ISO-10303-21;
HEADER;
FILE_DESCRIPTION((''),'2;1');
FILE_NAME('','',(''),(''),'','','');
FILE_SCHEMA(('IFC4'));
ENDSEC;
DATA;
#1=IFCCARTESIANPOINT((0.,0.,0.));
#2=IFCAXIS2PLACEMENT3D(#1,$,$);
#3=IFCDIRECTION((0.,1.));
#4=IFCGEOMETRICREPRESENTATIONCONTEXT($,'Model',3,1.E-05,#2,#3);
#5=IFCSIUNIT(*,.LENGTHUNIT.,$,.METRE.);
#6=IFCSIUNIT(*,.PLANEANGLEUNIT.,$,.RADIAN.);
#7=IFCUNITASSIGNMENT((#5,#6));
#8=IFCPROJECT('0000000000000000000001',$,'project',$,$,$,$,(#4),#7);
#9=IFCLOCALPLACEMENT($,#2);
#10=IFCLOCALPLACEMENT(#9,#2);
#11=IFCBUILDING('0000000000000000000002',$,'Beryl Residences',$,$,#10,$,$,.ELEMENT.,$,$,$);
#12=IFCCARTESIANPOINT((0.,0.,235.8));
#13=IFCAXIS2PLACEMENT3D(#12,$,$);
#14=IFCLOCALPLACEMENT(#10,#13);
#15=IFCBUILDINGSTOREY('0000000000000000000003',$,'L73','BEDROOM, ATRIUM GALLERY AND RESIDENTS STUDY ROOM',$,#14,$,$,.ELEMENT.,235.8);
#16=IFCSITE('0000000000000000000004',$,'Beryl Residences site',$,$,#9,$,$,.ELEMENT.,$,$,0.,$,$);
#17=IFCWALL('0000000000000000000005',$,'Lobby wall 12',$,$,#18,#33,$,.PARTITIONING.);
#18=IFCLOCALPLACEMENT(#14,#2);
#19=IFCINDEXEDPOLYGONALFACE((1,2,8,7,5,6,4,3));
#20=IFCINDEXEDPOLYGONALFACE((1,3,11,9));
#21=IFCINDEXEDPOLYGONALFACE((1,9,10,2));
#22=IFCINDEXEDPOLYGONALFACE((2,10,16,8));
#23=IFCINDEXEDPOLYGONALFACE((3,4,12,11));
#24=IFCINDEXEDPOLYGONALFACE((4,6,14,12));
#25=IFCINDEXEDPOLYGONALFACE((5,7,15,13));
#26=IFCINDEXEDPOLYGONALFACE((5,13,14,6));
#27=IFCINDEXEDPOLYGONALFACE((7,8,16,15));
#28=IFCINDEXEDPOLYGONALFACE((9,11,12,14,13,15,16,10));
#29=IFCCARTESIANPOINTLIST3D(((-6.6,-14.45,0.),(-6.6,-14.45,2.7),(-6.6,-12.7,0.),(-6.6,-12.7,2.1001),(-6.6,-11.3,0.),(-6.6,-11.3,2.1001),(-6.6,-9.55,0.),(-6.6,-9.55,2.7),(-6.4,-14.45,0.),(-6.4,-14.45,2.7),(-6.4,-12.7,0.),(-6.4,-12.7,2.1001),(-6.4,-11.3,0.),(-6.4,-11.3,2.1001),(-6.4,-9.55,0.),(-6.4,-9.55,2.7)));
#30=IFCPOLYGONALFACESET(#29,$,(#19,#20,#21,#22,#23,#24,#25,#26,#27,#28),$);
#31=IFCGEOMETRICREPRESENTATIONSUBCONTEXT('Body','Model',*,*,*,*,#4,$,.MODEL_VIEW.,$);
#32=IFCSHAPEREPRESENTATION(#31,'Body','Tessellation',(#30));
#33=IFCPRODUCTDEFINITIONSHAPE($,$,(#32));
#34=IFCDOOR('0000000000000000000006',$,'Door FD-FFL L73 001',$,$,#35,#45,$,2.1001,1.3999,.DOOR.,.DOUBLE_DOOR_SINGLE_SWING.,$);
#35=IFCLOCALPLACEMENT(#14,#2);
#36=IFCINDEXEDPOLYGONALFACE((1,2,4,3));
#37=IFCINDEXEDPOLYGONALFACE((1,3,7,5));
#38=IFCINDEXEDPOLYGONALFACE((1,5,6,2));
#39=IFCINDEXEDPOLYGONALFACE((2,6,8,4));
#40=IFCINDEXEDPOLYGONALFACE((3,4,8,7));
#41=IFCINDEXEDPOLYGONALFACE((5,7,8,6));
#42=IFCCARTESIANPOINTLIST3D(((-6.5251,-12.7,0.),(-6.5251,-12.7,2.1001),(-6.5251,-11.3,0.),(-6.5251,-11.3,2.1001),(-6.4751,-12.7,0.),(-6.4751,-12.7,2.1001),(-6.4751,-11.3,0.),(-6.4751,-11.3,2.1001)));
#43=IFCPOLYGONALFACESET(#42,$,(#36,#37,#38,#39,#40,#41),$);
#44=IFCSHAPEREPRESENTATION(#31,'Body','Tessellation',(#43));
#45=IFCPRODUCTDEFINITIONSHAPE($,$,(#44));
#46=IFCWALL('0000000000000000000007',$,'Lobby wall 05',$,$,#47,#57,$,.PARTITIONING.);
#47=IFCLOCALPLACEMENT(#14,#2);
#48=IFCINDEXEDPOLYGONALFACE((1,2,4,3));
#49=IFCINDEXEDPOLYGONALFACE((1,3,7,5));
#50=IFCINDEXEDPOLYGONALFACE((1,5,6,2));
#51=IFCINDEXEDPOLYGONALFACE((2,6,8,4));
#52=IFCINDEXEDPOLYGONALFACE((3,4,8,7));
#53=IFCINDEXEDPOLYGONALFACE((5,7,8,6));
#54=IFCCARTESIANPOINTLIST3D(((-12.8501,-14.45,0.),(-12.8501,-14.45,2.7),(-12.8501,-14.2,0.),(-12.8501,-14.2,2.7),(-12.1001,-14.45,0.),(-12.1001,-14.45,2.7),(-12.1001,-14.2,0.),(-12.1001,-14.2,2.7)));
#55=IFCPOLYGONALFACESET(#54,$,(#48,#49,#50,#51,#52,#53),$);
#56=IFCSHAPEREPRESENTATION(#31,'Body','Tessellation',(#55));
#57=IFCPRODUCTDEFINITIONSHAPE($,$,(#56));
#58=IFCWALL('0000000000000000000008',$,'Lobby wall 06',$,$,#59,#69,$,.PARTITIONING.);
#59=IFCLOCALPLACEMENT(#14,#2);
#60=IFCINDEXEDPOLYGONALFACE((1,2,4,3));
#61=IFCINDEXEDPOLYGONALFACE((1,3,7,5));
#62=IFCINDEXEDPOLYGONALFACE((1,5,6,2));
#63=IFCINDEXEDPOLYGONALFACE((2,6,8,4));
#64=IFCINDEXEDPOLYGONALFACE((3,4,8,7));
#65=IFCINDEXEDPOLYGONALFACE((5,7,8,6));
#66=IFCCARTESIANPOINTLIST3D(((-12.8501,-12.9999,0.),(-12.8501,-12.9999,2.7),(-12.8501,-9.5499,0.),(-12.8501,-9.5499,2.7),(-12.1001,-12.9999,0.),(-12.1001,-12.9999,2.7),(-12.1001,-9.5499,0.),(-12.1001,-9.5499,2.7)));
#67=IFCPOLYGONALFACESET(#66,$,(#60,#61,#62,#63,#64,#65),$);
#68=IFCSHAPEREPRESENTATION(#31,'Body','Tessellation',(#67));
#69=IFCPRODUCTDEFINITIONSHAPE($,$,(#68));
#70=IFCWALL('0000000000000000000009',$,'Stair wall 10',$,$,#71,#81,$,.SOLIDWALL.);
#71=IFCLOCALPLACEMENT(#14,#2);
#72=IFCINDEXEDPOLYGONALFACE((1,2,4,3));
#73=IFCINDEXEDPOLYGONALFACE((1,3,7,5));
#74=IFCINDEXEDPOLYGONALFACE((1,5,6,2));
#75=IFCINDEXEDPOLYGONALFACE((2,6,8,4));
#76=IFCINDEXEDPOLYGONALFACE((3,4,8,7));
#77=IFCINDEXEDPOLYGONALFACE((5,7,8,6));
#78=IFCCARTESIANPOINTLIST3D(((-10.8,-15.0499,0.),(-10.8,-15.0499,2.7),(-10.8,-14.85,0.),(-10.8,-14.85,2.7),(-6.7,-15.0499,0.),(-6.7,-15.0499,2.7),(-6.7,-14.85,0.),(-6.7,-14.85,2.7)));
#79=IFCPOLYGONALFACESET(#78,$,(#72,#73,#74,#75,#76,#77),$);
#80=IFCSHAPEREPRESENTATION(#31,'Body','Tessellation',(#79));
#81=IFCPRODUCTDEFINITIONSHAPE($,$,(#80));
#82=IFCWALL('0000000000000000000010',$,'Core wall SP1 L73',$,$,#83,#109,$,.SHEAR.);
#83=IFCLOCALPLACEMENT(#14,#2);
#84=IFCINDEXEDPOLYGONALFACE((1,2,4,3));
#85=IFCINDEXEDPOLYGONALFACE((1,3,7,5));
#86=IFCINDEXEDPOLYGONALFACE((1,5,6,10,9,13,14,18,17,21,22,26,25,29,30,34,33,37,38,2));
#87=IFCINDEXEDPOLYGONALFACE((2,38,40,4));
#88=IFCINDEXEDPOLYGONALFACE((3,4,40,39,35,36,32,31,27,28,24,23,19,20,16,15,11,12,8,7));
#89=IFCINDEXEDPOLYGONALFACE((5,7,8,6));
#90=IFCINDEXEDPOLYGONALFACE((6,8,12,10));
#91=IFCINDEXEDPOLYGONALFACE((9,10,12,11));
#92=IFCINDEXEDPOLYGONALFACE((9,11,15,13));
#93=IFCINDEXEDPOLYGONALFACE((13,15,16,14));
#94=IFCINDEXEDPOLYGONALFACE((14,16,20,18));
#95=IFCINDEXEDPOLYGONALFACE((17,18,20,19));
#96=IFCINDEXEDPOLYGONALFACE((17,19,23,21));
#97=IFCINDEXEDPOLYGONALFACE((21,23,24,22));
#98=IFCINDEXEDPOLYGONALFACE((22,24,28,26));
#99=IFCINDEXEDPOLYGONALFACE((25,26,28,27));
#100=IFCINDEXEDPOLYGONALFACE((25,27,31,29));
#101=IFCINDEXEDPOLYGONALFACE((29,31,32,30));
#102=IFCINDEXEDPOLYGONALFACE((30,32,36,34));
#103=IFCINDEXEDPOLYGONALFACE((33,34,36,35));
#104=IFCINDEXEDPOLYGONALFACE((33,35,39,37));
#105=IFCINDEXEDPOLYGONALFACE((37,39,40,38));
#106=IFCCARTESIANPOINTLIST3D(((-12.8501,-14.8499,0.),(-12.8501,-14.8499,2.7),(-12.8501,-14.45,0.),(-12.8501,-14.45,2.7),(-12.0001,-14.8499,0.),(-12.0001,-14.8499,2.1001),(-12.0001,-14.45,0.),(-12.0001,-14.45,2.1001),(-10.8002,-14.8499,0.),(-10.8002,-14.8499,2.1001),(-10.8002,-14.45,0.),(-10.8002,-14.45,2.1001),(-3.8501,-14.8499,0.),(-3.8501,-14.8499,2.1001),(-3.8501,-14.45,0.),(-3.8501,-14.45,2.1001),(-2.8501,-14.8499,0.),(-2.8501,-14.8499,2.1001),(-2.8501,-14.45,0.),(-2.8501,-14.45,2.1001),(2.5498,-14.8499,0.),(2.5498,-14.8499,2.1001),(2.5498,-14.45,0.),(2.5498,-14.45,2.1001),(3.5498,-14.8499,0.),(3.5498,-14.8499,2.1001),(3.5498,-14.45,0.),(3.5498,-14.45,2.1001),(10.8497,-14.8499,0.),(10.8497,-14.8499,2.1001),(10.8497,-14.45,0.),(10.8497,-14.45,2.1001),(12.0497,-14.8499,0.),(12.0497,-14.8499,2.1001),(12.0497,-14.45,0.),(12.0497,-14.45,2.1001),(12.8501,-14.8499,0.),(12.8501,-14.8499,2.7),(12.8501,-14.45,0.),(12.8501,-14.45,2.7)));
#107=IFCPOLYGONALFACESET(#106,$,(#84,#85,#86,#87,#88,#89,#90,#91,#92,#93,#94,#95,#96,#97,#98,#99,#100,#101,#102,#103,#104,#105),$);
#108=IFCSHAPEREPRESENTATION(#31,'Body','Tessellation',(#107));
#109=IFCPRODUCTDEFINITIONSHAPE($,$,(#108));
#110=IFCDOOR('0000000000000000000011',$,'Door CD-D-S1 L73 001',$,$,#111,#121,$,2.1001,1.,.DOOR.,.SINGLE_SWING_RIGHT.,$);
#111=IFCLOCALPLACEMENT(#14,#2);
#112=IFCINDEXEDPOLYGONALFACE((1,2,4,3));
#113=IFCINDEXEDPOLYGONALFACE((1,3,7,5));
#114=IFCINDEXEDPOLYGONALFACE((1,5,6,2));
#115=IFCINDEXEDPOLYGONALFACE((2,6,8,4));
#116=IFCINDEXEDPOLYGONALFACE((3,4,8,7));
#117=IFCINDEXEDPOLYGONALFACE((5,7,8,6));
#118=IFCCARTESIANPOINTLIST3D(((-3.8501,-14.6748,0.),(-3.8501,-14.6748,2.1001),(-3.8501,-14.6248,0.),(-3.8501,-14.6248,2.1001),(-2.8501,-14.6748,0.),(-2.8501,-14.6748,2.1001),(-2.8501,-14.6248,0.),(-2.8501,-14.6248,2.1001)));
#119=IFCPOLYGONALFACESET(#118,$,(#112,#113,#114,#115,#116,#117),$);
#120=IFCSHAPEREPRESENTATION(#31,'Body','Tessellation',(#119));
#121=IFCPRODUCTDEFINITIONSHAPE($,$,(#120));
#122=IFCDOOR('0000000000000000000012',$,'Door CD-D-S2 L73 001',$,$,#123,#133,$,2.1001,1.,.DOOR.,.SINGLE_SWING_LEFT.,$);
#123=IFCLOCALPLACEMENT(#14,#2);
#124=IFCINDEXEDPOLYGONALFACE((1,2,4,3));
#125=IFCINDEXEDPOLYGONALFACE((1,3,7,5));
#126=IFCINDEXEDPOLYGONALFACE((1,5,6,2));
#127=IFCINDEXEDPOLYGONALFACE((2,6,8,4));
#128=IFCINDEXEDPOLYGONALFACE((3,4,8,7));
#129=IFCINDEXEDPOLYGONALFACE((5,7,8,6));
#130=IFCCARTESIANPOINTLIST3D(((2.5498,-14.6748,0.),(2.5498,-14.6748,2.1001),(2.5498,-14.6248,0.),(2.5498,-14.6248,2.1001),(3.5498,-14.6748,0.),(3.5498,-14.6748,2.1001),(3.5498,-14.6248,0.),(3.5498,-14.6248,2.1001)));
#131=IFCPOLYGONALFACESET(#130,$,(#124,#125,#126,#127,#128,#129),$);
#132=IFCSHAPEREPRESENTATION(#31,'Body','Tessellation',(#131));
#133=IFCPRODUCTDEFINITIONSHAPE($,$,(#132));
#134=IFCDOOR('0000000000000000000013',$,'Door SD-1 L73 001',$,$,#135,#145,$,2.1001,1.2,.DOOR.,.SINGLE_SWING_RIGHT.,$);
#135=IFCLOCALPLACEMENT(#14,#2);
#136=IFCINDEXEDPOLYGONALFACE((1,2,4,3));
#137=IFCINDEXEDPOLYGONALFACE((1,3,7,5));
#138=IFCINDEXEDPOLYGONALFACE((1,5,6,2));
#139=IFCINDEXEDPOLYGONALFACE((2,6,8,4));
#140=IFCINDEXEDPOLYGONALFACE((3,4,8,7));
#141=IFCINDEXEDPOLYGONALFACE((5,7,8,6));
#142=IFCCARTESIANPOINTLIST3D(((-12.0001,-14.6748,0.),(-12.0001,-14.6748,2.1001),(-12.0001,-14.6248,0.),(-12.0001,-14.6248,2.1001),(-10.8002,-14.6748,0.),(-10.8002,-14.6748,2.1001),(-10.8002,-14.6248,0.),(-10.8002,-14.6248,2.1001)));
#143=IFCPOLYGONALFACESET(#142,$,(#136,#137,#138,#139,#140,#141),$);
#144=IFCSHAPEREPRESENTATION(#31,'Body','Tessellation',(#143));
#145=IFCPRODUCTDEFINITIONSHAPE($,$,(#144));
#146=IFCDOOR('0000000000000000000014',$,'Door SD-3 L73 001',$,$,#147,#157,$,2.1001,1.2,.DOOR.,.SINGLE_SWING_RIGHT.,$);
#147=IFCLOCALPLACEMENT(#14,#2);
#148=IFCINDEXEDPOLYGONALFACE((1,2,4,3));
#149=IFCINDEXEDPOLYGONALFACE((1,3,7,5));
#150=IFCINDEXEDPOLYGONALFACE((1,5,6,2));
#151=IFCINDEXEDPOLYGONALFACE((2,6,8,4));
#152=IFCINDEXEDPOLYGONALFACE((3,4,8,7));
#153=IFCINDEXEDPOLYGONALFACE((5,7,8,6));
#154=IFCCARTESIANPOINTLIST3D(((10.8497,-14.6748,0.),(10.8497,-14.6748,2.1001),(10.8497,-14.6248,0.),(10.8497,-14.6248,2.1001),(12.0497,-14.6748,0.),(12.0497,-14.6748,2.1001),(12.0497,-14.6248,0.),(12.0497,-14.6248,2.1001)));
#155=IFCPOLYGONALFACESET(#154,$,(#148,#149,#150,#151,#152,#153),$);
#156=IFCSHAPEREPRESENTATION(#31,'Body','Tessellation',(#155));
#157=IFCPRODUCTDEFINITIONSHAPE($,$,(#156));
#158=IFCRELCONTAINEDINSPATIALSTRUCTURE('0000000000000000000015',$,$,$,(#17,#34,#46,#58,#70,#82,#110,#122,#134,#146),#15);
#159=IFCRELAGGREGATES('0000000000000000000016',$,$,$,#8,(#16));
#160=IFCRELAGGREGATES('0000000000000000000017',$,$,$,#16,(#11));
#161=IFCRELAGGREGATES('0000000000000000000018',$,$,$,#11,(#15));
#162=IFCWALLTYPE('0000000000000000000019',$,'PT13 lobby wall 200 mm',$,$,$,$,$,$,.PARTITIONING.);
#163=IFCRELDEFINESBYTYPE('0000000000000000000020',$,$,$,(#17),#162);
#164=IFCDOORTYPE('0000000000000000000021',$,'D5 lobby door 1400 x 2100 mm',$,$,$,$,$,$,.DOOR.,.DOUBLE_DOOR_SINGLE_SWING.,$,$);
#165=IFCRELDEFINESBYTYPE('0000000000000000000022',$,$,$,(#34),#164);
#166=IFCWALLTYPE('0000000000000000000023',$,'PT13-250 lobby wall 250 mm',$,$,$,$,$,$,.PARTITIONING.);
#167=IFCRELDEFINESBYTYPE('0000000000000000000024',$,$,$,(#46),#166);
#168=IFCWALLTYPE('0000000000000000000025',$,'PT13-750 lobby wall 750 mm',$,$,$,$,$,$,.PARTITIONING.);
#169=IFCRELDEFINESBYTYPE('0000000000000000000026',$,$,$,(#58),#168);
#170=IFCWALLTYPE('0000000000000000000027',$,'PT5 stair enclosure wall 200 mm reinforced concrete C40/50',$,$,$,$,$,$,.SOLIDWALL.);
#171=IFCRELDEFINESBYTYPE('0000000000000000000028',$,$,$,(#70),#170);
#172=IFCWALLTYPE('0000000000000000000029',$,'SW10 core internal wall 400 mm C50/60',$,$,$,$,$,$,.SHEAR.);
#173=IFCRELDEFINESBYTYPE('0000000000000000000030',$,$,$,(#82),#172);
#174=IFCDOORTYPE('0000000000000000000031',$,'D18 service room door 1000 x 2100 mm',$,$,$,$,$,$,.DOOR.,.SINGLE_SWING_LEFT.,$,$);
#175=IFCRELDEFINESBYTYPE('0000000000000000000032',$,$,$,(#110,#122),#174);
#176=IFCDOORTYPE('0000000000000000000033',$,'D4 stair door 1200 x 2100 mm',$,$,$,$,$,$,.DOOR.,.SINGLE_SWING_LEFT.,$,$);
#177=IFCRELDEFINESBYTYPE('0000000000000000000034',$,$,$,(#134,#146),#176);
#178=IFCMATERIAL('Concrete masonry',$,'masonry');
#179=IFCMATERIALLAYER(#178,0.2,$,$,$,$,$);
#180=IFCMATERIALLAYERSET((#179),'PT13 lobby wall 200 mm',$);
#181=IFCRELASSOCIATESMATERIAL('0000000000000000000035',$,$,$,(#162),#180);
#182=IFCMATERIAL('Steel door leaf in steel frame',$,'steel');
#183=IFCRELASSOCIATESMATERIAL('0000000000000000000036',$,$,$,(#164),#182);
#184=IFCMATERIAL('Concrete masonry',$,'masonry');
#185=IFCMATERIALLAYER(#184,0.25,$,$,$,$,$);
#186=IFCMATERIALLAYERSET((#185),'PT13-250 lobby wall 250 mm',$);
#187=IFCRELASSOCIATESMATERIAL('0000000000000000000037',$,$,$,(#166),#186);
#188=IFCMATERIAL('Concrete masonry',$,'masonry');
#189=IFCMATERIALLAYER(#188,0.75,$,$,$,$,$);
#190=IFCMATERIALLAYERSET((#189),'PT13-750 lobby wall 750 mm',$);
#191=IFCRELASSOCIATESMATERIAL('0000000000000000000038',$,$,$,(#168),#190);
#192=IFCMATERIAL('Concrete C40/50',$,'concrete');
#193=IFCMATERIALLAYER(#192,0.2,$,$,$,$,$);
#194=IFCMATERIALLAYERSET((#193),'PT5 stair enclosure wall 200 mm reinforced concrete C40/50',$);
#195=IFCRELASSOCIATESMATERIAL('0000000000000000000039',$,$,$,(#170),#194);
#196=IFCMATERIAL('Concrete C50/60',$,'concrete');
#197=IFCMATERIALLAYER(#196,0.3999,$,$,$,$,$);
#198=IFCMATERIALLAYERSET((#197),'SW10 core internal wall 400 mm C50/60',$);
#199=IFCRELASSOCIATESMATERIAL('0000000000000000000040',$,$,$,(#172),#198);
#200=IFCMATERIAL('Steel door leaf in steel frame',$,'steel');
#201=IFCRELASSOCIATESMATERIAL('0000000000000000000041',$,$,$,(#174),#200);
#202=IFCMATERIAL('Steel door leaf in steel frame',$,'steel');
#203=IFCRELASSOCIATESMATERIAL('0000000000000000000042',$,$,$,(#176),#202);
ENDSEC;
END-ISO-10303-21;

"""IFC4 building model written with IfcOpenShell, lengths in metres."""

from ifc_helpers import new_model, si_unit, direction, frame, frame_2d, origin, place, context, subcontext, project, spatial, rectangle, extrude, material, layer, layer_set, type_object, element, fill, save


model = new_model("IFC4")

# Units and contexts
model_context = context("Model", 3, precision=1e-05, world=origin(), true_north=direction((0.0, 1.0)))
body_context = subcontext(model_context, "Body", "Model", "MODEL_VIEW")
ifc_project = project(units=[si_unit("LENGTHUNIT", "METRE"), si_unit("PLANEANGLEUNIT", "RADIAN")], contexts=[model_context])

# Site, building, storey
site_placement = place(None, origin())
site = spatial("IfcSite", under=ifc_project, at=site_placement, Name="Beryl Residences site", CompositionType="ELEMENT", RefElevation=0.0)
building_placement = place(site_placement, origin())
building = spatial("IfcBuilding", under=site, at=building_placement, Name="Beryl Residences", CompositionType="ELEMENT")
storey_placement = place(building_placement, frame((0.0, 0.0, 235.8)))
storey = spatial("IfcBuildingStorey", under=building, at=storey_placement, Name="L73", Description="BEDROOM, ATRIUM GALLERY AND RESIDENTS STUDY ROOM", CompositionType="ELEMENT", Elevation=235.8)

# Wall, opening, door
ifc_material_1 = material(Name="Concrete masonry", Category="masonry")
ifc_layer_1 = layer(ifc_material_1, 0.2)
ifc_layer_set_1 = layer_set([ifc_layer_1], Name="PT13 lobby wall 200 mm")
wall_type_1 = type_object("IfcWallType", Name="PT13 lobby wall 200 mm", PredefinedType="PARTITIONING", material=ifc_layer_set_1)
wall_1_placement = place(storey_placement, frame((-6.5, -14.45, 0.0), z_axis=(0.0, 0.0, 1.0), x_axis=(0.0, 1.0, 0.0)))
wall_1 = element("IfcWall", 1, at=wall_1_placement, inside=storey, type_object=wall_type_1, Name="Lobby wall 12", PredefinedType="PARTITIONING", context=body_context, shape_type="SweptSolid", body=[
    extrude(rectangle(XDim=4.8999, YDim=0.2, at=frame_2d((2.45, 0.0))), origin(), (0.0, 0.0, 1.0), 2.7),
])
opening_1_placement = place(wall_1_placement, frame((3.1499, 0.0, 0.0), z_axis=(0.0, 0.0, 1.0), x_axis=(-1.0, 0.0, 0.0)))
opening_1 = element("IfcOpeningElement", 2, at=opening_1_placement, cuts=wall_1, PredefinedType="OPENING", context=body_context, shape_type="SweptSolid", body=[
    extrude(rectangle(XDim=1.3999, YDim=2.1001, at=frame_2d((0.7, 1.05))), frame((0.0, 0.1099, 0.0), z_axis=(0.0, -1.0, 0.0), x_axis=(1.0, 0.0, 0.0)), (0.0, 0.0, 1.0), 0.22),
])
ifc_material_2 = material(Name="Steel door leaf in steel frame", Category="steel")
door_type_1 = type_object("IfcDoorType", Name="D5 lobby door 1400 x 2100 mm", OperationType="DOUBLE_DOOR_SINGLE_SWING", PredefinedType="DOOR", material=ifc_material_2)
door_1_placement = place(opening_1_placement, origin())
door_1 = element("IfcDoor", 3, at=door_1_placement, inside=storey, type_object=door_type_1, Name="Door FD-FFL L73 001", OperationType="DOUBLE_DOOR_SINGLE_SWING", OverallHeight=2.1001, OverallWidth=1.3999, PredefinedType="DOOR", context=body_context, shape_type="SweptSolid", body=[
    extrude(rectangle(XDim=1.3999, YDim=2.1001, at=frame_2d((0.7, 1.05))), frame((0.0, 0.0249, 0.0), z_axis=(0.0, -1.0, 0.0), x_axis=(1.0, 0.0, 0.0)), (0.0, 0.0, 1.0), 0.05),
])
fill(opening_1, door_1)

# Walls
ifc_material_3 = material(Name="Concrete masonry", Category="masonry")
ifc_layer_2 = layer(ifc_material_3, 0.25)
ifc_layer_set_2 = layer_set([ifc_layer_2], Name="PT13-250 lobby wall 250 mm")
wall_type_2 = type_object("IfcWallType", Name="PT13-250 lobby wall 250 mm", PredefinedType="PARTITIONING", material=ifc_layer_set_2)
wall_2_placement = place(storey_placement, frame((-12.8501, -14.325, 0.0), z_axis=(0.0, 0.0, 1.0), x_axis=(1.0, 0.0, 0.0)))
element("IfcWall", 4, at=wall_2_placement, inside=storey, type_object=wall_type_2, Name="Lobby wall 05", PredefinedType="PARTITIONING", context=body_context, shape_type="SweptSolid", body=[
    extrude(rectangle(XDim=0.75, YDim=0.25, at=frame_2d((0.375, 0.0))), origin(), (0.0, 0.0, 1.0), 2.7),
])
ifc_material_4 = material(Name="Concrete masonry", Category="masonry")
ifc_layer_3 = layer(ifc_material_4, 0.75)
ifc_layer_set_3 = layer_set([ifc_layer_3], Name="PT13-750 lobby wall 750 mm")
wall_type_3 = type_object("IfcWallType", Name="PT13-750 lobby wall 750 mm", PredefinedType="PARTITIONING", material=ifc_layer_set_3)
wall_3_placement = place(storey_placement, frame((-12.4751, -13.0, 0.0), z_axis=(0.0, 0.0, 1.0), x_axis=(0.0, 1.0, 0.0)))
element("IfcWall", 5, at=wall_3_placement, inside=storey, type_object=wall_type_3, Name="Lobby wall 06", PredefinedType="PARTITIONING", context=body_context, shape_type="SweptSolid", body=[
    extrude(rectangle(XDim=3.45, YDim=0.75, at=frame_2d((1.7251, 0.0))), origin(), (0.0, 0.0, 1.0), 2.7),
])
ifc_material_5 = material(Name="Concrete C40/50", Category="concrete")
ifc_layer_4 = layer(ifc_material_5, 0.2)
ifc_layer_set_4 = layer_set([ifc_layer_4], Name="PT5 stair enclosure wall 200 mm reinforced concrete C40/50")
wall_type_4 = type_object("IfcWallType", Name="PT5 stair enclosure wall 200 mm reinforced concrete C40/50", PredefinedType="SOLIDWALL", material=ifc_layer_set_4)
wall_4_placement = place(storey_placement, frame((-10.8, -14.95, 0.0), z_axis=(0.0, 0.0, 1.0), x_axis=(1.0, 0.0, 0.0)))
element("IfcWall", 6, at=wall_4_placement, inside=storey, type_object=wall_type_4, Name="Stair wall 10", PredefinedType="SOLIDWALL", context=body_context, shape_type="SweptSolid", body=[
    extrude(rectangle(XDim=4.1001, YDim=0.2, at=frame_2d((2.05, 0.0))), origin(), (0.0, 0.0, 1.0), 2.7),
])

# Wall, openings, doors
ifc_material_6 = material(Name="Concrete C50/60", Category="concrete")
ifc_layer_5 = layer(ifc_material_6, 0.3999)
ifc_layer_set_5 = layer_set([ifc_layer_5], Name="SW10 core internal wall 400 mm C50/60")
wall_type_5 = type_object("IfcWallType", Name="SW10 core internal wall 400 mm C50/60", PredefinedType="SHEAR", material=ifc_layer_set_5)
wall_5_placement = place(storey_placement, frame((-12.8501, -14.6499, 0.0), z_axis=(0.0, 0.0, 1.0), x_axis=(1.0, 0.0, 0.0)))
wall_5 = element("IfcWall", 7, at=wall_5_placement, inside=storey, type_object=wall_type_5, Name="Core wall SP1 L73", PredefinedType="SHEAR", context=body_context, shape_type="SweptSolid", body=[
    extrude(rectangle(XDim=25.7002, YDim=0.3999, at=frame_2d((12.8501, 0.0))), origin(), (0.0, 0.0, 1.0), 2.7),
])
opening_2_placement = place(wall_5_placement, frame((2.05, 0.0, 0.0), z_axis=(0.0, 0.0, 1.0), x_axis=(-1.0, 0.0, 0.0)))
opening_2 = element("IfcOpeningElement", 8, at=opening_2_placement, cuts=wall_5, PredefinedType="OPENING", context=body_context, shape_type="SweptSolid", body=[
    extrude(rectangle(XDim=1.2, YDim=2.1001, at=frame_2d((0.6001, 1.05))), frame((0.0, 0.21, 0.0), z_axis=(0.0, -1.0, 0.0), x_axis=(1.0, 0.0, 0.0)), (0.0, 0.0, 1.0), 0.4199),
])
opening_3_placement = place(wall_5_placement, frame((24.8999, 0.0, 0.0), z_axis=(0.0, 0.0, 1.0), x_axis=(-1.0, 0.0, 0.0)))
opening_3 = element("IfcOpeningElement", 9, at=opening_3_placement, cuts=wall_5, PredefinedType="OPENING", context=body_context, shape_type="SweptSolid", body=[
    extrude(rectangle(XDim=1.2, YDim=2.1001, at=frame_2d((0.6001, 1.05))), frame((0.0, 0.21, 0.0), z_axis=(0.0, -1.0, 0.0), x_axis=(1.0, 0.0, 0.0)), (0.0, 0.0, 1.0), 0.4199),
])
opening_4_placement = place(wall_5_placement, frame((10.0, 0.0, 0.0), z_axis=(0.0, 0.0, 1.0), x_axis=(-1.0, 0.0, 0.0)))
opening_4 = element("IfcOpeningElement", 10, at=opening_4_placement, cuts=wall_5, PredefinedType="OPENING", context=body_context, shape_type="SweptSolid", body=[
    extrude(rectangle(XDim=1.0, YDim=2.1001, at=frame_2d((0.5, 1.05))), frame((0.0, 0.21, 0.0), z_axis=(0.0, -1.0, 0.0), x_axis=(1.0, 0.0, 0.0)), (0.0, 0.0, 1.0), 0.4199),
])
opening_5_placement = place(wall_5_placement, frame((16.3999, 0.0, 0.0), z_axis=(0.0, 0.0, 1.0), x_axis=(-1.0, 0.0, 0.0)))
opening_5 = element("IfcOpeningElement", 11, at=opening_5_placement, cuts=wall_5, PredefinedType="OPENING", context=body_context, shape_type="SweptSolid", body=[
    extrude(rectangle(XDim=1.0, YDim=2.1001, at=frame_2d((0.5, 1.05))), frame((0.0, 0.21, 0.0), z_axis=(0.0, -1.0, 0.0), x_axis=(1.0, 0.0, 0.0)), (0.0, 0.0, 1.0), 0.4199),
])
ifc_material_7 = material(Name="Steel door leaf in steel frame", Category="steel")
door_type_2 = type_object("IfcDoorType", Name="D18 service room door 1000 x 2100 mm", OperationType="SINGLE_SWING_LEFT", PredefinedType="DOOR", material=ifc_material_7)
door_2_placement = place(opening_4_placement, origin())
door_2 = element("IfcDoor", 12, at=door_2_placement, inside=storey, type_object=door_type_2, Name="Door CD-D-S1 L73 001", OperationType="SINGLE_SWING_RIGHT", OverallHeight=2.1001, OverallWidth=1.0, PredefinedType="DOOR", context=body_context, shape_type="SweptSolid", body=[
    extrude(rectangle(XDim=1.0, YDim=2.1001, at=frame_2d((0.5, 1.05))), frame((0.0, 0.0249, 0.0), z_axis=(0.0, -1.0, 0.0), x_axis=(1.0, 0.0, 0.0)), (0.0, 0.0, 1.0), 0.05),
])
fill(opening_4, door_2)
door_3_placement = place(opening_5_placement, origin())
door_3 = element("IfcDoor", 13, at=door_3_placement, inside=storey, type_object=door_type_2, Name="Door CD-D-S2 L73 001", OperationType="SINGLE_SWING_LEFT", OverallHeight=2.1001, OverallWidth=1.0, PredefinedType="DOOR", context=body_context, shape_type="SweptSolid", body=[
    extrude(rectangle(XDim=1.0, YDim=2.1001, at=frame_2d((0.5, 1.05))), frame((0.0, 0.0249, 0.0), z_axis=(0.0, -1.0, 0.0), x_axis=(1.0, 0.0, 0.0)), (0.0, 0.0, 1.0), 0.05),
])
fill(opening_5, door_3)
ifc_material_8 = material(Name="Steel door leaf in steel frame", Category="steel")
door_type_3 = type_object("IfcDoorType", Name="D4 stair door 1200 x 2100 mm", OperationType="SINGLE_SWING_LEFT", PredefinedType="DOOR", material=ifc_material_8)
door_4_placement = place(opening_2_placement, origin())
door_4 = element("IfcDoor", 14, at=door_4_placement, inside=storey, type_object=door_type_3, Name="Door SD-1 L73 001", OperationType="SINGLE_SWING_RIGHT", OverallHeight=2.1001, OverallWidth=1.2, PredefinedType="DOOR", context=body_context, shape_type="SweptSolid", body=[
    extrude(rectangle(XDim=1.2, YDim=2.1001, at=frame_2d((0.6001, 1.05))), frame((0.0, 0.0249, 0.0), z_axis=(0.0, -1.0, 0.0), x_axis=(1.0, 0.0, 0.0)), (0.0, 0.0, 1.0), 0.05),
])
fill(opening_2, door_4)
door_5_placement = place(opening_3_placement, origin())
door_5 = element("IfcDoor", 15, at=door_5_placement, inside=storey, type_object=door_type_3, Name="Door SD-3 L73 001", OperationType="SINGLE_SWING_RIGHT", OverallHeight=2.1001, OverallWidth=1.2, PredefinedType="DOOR", context=body_context, shape_type="SweptSolid", body=[
    extrude(rectangle(XDim=1.2, YDim=2.1001, at=frame_2d((0.6001, 1.05))), frame((0.0, 0.0249, 0.0), z_axis=(0.0, -1.0, 0.0), x_axis=(1.0, 0.0, 0.0)), (0.0, 0.0, 1.0), 0.05),
])
fill(opening_3, door_5)

save(model, "model.ifc")
